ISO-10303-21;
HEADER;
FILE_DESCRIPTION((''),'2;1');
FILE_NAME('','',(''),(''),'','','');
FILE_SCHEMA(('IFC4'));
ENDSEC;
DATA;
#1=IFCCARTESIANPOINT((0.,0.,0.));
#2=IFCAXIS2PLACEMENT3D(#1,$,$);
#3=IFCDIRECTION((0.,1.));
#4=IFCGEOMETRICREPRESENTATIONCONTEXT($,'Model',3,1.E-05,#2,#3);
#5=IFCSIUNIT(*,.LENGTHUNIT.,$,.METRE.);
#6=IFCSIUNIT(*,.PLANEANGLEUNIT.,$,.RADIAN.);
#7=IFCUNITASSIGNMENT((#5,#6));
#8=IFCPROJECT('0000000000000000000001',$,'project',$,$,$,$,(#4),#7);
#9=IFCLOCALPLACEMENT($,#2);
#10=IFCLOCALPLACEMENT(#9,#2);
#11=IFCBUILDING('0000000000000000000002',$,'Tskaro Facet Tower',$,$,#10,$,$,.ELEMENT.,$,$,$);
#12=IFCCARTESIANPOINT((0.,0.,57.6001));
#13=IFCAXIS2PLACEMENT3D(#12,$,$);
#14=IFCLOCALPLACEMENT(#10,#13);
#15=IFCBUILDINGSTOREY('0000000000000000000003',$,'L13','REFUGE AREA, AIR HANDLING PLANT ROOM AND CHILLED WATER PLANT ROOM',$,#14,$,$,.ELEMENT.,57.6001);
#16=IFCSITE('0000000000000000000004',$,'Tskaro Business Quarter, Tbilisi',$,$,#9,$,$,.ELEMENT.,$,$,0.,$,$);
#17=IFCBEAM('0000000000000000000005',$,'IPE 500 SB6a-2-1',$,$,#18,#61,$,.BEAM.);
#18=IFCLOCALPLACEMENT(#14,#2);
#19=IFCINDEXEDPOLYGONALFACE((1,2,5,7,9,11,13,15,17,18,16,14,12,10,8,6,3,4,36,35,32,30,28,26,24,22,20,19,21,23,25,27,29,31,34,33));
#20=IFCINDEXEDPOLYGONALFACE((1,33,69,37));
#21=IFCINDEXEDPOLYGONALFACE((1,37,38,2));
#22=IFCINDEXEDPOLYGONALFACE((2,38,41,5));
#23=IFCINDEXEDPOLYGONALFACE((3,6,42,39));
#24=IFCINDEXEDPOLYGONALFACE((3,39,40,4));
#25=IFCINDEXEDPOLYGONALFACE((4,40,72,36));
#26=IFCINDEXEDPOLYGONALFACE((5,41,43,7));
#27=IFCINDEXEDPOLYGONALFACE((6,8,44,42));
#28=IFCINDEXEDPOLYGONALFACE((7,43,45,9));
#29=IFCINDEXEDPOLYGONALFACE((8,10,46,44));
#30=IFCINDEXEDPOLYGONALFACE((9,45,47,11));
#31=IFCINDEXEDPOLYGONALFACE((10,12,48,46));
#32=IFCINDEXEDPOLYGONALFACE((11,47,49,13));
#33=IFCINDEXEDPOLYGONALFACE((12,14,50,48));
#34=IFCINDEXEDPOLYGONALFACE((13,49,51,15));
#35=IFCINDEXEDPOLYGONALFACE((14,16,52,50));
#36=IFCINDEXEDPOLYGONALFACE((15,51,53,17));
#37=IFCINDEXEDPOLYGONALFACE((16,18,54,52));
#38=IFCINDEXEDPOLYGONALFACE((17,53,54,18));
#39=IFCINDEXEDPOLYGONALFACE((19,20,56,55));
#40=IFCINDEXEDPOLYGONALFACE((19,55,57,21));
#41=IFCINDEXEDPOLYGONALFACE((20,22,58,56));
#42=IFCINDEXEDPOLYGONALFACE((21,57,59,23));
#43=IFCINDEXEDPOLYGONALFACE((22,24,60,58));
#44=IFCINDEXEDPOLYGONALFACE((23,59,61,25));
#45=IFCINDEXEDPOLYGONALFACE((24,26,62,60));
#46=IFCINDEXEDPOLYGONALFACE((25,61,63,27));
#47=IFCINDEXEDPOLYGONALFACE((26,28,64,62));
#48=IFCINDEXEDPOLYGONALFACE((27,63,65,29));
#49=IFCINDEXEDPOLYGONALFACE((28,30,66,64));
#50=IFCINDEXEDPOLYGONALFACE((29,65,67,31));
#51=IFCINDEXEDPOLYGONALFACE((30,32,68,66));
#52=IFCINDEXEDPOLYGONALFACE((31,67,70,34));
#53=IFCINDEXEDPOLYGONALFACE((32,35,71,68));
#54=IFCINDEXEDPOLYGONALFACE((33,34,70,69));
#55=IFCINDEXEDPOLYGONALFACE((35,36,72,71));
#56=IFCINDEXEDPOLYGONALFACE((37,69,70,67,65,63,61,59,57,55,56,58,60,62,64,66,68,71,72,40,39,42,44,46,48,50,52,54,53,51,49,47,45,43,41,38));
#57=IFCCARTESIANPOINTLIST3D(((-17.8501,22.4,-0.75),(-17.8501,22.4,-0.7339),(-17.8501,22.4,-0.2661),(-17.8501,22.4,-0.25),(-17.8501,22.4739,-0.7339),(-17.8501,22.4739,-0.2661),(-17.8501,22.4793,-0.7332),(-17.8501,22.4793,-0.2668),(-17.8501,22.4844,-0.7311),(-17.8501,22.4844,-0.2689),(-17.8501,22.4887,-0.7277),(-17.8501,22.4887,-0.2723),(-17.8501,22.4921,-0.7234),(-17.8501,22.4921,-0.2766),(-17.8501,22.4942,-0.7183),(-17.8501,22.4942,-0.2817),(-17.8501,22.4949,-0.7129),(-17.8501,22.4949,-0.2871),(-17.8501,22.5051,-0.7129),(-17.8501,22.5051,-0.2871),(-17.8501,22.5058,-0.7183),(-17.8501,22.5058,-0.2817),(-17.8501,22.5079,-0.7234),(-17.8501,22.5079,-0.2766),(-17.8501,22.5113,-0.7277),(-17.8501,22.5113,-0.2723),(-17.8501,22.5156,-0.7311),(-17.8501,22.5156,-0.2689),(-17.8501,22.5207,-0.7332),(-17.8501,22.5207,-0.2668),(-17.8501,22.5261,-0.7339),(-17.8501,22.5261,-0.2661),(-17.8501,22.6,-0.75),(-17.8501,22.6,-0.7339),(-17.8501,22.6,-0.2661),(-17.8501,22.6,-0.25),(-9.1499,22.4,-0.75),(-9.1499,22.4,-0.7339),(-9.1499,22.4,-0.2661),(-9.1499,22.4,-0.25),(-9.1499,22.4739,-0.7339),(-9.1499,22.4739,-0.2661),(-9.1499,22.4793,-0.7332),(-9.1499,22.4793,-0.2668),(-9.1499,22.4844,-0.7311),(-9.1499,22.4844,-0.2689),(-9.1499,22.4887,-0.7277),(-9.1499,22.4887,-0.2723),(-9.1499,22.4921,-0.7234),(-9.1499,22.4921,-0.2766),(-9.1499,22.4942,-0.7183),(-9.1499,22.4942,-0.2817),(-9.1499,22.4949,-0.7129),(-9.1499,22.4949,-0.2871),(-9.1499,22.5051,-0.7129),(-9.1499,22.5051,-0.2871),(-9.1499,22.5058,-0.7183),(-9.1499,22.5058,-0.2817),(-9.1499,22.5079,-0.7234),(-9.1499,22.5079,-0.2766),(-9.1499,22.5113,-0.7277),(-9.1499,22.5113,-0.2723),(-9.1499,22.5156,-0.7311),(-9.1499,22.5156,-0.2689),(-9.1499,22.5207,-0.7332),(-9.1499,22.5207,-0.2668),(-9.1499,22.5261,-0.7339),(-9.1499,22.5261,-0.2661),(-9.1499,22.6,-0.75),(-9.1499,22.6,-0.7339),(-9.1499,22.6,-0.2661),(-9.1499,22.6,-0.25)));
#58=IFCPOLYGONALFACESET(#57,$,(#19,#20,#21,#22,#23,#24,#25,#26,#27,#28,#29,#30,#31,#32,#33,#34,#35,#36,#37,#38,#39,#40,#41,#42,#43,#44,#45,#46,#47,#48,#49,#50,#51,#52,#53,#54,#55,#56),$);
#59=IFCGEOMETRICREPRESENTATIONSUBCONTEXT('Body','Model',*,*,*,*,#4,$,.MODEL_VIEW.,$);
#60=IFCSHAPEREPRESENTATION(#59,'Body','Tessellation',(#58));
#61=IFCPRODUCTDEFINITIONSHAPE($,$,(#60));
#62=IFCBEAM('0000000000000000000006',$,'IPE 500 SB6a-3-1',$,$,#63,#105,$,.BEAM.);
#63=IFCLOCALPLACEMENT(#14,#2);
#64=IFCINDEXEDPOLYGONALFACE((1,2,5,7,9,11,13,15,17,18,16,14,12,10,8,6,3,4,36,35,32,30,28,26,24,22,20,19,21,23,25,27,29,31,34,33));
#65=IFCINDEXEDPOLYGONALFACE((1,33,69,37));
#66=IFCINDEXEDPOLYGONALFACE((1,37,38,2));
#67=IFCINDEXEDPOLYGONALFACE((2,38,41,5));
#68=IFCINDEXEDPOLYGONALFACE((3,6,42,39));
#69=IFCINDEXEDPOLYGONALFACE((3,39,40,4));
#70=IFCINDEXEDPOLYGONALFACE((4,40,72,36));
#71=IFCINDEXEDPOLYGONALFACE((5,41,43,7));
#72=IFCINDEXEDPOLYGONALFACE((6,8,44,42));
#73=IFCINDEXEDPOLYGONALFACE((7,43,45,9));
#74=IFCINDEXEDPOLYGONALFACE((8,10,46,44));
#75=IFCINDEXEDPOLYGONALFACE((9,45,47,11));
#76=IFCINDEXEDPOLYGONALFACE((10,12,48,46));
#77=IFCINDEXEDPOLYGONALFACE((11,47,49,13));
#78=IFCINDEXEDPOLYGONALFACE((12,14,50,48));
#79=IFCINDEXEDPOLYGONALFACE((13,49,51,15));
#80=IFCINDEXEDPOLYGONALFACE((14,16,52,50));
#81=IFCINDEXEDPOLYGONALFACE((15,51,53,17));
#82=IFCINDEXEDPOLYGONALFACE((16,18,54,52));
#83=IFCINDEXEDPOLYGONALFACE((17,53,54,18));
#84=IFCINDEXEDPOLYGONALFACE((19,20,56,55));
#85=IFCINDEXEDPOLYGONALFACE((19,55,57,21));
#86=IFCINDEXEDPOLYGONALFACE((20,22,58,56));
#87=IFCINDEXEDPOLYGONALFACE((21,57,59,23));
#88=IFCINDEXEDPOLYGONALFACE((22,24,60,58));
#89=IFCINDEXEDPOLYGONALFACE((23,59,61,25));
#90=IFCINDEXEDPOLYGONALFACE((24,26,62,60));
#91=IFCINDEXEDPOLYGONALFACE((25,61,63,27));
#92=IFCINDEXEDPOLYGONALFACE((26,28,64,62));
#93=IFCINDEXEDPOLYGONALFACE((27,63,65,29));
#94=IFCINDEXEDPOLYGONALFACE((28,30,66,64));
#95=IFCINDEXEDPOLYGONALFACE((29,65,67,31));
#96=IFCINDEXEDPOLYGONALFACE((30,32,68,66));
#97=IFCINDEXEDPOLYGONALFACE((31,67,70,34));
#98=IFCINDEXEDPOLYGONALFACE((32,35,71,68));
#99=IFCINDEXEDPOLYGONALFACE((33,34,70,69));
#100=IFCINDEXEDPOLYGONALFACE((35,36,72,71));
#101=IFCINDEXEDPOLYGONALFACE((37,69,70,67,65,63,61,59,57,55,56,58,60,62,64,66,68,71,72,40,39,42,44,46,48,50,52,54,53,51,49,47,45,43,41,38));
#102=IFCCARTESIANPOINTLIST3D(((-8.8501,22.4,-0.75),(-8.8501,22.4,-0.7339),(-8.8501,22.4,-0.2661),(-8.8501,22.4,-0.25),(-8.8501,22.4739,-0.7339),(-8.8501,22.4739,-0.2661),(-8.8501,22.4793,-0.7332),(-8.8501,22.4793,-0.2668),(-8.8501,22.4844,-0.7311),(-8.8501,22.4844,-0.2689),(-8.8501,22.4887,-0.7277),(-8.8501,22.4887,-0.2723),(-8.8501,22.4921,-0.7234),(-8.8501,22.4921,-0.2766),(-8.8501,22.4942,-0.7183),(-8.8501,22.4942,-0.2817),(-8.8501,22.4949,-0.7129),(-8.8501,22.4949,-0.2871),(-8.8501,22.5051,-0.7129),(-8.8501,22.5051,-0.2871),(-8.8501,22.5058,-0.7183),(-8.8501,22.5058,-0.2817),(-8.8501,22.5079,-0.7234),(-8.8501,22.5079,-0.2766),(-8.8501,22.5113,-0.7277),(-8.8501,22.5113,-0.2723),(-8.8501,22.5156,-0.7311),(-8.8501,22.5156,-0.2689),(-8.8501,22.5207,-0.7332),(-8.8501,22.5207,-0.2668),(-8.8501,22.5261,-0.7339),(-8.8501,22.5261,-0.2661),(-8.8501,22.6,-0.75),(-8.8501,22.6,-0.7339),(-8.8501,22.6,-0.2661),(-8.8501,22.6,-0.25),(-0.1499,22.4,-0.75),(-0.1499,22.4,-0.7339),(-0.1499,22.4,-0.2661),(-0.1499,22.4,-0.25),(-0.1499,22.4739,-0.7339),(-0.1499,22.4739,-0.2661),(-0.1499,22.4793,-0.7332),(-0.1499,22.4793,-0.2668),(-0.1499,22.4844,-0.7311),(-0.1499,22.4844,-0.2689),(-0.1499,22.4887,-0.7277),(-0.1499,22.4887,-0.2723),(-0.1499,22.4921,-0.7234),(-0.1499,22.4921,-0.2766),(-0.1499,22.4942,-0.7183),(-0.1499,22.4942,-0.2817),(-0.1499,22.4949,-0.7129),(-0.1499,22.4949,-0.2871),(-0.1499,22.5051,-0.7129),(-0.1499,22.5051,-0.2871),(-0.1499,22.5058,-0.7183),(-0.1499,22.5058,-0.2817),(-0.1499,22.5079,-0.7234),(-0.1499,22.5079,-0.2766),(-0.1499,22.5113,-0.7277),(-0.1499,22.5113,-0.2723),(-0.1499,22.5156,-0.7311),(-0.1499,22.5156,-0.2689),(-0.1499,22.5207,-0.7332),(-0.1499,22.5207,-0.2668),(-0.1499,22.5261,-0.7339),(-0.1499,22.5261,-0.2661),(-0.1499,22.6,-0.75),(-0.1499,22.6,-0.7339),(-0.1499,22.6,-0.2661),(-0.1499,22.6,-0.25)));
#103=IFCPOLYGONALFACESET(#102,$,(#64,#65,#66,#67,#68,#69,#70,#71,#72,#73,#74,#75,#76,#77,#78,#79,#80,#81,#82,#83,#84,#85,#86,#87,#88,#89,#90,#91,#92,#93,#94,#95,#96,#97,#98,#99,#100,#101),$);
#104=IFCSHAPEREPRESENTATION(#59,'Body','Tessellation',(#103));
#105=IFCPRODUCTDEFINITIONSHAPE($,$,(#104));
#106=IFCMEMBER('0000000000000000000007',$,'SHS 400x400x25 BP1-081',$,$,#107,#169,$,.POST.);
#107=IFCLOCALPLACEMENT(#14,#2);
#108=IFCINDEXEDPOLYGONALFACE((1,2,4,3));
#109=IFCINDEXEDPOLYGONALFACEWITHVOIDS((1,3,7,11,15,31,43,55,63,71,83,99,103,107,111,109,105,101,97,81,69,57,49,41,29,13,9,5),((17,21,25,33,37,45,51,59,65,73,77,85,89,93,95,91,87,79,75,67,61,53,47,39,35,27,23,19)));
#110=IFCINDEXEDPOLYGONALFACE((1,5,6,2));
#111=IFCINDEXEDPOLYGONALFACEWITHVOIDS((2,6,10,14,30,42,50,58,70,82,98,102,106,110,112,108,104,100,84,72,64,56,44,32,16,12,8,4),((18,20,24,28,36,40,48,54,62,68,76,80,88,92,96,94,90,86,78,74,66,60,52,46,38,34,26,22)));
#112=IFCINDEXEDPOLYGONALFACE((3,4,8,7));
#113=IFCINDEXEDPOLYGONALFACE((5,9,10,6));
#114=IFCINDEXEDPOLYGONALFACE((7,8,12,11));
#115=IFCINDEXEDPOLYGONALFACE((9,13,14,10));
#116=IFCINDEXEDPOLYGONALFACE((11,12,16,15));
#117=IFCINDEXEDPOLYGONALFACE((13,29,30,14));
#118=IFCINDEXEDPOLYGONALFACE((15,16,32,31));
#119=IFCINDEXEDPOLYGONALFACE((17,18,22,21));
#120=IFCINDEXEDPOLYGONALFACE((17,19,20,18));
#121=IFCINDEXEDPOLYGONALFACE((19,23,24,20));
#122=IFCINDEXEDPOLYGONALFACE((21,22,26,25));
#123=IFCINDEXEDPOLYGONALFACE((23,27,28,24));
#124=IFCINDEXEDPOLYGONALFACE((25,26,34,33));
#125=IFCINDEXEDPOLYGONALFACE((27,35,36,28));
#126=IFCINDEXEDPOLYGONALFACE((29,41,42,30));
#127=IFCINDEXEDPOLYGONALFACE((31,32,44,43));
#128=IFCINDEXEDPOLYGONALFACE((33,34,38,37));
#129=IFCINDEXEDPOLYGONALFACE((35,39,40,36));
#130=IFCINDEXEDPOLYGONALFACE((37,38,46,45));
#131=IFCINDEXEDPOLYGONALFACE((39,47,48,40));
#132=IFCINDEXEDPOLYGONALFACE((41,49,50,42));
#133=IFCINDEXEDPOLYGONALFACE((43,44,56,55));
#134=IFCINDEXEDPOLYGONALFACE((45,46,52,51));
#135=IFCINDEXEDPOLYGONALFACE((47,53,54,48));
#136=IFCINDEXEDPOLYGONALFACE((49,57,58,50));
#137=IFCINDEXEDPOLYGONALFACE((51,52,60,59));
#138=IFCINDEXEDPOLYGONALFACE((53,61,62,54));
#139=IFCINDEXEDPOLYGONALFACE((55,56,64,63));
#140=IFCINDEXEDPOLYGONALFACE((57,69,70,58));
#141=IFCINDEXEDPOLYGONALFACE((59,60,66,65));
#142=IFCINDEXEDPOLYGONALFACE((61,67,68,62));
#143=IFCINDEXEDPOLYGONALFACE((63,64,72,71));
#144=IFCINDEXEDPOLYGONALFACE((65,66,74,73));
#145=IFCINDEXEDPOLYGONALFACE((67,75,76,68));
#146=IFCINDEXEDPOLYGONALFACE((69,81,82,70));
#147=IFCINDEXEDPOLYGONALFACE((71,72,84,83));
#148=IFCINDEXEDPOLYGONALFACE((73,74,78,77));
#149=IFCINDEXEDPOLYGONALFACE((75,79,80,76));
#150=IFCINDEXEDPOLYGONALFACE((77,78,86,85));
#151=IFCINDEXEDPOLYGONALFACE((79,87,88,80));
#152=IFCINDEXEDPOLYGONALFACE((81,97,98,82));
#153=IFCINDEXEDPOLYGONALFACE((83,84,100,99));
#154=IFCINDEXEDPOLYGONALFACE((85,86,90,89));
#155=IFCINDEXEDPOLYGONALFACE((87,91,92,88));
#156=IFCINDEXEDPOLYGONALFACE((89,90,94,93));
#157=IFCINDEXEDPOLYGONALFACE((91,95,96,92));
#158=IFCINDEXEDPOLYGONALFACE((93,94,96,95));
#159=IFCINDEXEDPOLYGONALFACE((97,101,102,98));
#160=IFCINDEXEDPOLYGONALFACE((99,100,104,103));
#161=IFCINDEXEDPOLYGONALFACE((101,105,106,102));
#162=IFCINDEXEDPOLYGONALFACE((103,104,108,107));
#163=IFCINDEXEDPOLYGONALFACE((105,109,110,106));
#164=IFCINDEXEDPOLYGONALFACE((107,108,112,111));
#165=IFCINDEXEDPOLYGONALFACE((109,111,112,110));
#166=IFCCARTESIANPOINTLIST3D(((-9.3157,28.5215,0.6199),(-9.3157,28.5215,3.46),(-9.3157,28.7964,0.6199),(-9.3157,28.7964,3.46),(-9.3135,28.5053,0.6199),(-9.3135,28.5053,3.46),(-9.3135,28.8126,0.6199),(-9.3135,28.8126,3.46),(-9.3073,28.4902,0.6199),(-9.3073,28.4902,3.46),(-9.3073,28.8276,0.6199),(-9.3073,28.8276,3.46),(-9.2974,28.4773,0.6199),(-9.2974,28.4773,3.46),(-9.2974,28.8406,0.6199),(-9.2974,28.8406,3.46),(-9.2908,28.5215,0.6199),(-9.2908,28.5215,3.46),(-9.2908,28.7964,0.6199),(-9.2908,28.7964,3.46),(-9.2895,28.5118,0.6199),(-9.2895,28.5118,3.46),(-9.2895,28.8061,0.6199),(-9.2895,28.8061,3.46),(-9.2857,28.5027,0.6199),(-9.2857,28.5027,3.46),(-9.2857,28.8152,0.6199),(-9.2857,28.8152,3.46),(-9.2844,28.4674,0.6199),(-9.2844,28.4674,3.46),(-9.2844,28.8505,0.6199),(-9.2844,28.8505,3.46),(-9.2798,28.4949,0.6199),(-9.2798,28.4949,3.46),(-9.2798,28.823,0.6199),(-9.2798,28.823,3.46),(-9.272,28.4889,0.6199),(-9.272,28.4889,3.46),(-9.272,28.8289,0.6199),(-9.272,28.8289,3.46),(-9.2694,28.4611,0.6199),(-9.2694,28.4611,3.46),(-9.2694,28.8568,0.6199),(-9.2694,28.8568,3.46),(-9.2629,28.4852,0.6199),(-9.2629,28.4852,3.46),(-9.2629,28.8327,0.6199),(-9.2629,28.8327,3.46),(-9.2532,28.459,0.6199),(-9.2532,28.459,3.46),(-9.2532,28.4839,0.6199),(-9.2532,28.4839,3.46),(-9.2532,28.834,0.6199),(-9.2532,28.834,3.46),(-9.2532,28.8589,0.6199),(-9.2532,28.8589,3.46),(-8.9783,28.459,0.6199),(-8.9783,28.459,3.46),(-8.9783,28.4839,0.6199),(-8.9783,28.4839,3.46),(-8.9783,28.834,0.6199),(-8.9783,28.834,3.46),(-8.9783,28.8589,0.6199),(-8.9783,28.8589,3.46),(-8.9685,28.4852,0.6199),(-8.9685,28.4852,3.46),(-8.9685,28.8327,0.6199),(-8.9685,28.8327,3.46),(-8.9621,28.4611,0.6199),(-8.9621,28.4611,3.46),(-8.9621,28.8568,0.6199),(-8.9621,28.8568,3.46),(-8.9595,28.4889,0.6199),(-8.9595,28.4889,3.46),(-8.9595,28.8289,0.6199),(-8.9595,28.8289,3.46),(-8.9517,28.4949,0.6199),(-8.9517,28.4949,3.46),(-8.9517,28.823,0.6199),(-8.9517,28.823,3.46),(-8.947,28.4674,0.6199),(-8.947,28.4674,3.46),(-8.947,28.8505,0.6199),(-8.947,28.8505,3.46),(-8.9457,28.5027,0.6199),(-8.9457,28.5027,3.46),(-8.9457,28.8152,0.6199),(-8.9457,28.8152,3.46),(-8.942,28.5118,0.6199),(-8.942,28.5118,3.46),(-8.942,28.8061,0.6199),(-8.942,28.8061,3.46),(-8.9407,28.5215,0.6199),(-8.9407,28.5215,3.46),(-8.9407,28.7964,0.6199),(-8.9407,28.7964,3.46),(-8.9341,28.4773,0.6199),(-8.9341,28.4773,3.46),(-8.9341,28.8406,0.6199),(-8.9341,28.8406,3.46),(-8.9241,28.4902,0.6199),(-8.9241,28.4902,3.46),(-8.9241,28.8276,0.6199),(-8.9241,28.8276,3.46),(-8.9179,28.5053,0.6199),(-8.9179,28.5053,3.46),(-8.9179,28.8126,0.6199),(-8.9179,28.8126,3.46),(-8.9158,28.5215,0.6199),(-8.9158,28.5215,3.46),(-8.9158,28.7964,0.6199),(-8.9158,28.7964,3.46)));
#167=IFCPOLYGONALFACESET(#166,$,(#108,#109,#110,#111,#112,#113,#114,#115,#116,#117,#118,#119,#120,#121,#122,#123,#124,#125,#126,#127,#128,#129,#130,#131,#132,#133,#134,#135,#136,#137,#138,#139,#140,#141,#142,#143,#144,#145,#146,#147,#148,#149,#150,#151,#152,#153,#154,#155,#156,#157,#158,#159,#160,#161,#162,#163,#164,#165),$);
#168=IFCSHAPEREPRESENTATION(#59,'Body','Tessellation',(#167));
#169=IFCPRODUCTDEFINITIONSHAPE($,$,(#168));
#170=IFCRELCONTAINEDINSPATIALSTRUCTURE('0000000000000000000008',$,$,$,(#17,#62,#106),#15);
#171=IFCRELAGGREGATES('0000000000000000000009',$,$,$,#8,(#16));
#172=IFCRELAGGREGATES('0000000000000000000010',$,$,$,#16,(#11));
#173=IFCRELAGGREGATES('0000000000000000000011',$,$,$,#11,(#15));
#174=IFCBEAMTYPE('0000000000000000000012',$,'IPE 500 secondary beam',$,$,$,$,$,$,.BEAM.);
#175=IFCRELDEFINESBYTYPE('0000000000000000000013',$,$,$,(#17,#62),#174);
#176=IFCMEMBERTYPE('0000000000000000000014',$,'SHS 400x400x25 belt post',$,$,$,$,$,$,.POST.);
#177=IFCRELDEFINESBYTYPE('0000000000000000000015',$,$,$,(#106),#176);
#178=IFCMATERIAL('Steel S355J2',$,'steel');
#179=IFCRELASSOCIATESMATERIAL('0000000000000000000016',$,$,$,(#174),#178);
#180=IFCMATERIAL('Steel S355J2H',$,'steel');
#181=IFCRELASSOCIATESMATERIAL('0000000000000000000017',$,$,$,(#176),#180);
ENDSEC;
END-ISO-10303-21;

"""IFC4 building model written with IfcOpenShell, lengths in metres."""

from ifc_helpers import new_model, si_unit, direction, frame, origin, origin_2d, place, context, subcontext, project, spatial, hollow_rectangle, i_section, extrude, material, material_profile, profile_set, type_object, element, save


model = new_model("IFC4")

# Units and contexts
model_context = context("Model", 3, precision=1e-05, world=origin(), true_north=direction((0.0, 1.0)))
body_context = subcontext(model_context, "Body", "Model", "MODEL_VIEW")
ifc_project = project(units=[si_unit("LENGTHUNIT", "METRE"), si_unit("PLANEANGLEUNIT", "RADIAN")], contexts=[model_context])

# Site, building, storey
site_placement = place(None, origin())
site = spatial("IfcSite", under=ifc_project, at=site_placement, Name="Tskaro Business Quarter, Tbilisi", CompositionType="ELEMENT", RefElevation=0.0)
building_placement = place(site_placement, origin())
building = spatial("IfcBuilding", under=site, at=building_placement, Name="Tskaro Facet Tower", CompositionType="ELEMENT")
storey_placement = place(building_placement, frame((0.0, 0.0, 57.6001)))
storey = spatial("IfcBuildingStorey", under=building, at=storey_placement, Name="L13", Description="REFUGE AREA, AIR HANDLING PLANT ROOM AND CHILLED WATER PLANT ROOM", CompositionType="ELEMENT", Elevation=57.6001)

# Shared definitions
ifc_material_1 = material(Name="Steel S355J2H", Category="steel")

# Shared definitions
ifc_material_2 = material(Name="Steel S355J2", Category="steel")

# Beams
ifc_material_profile_1 = material_profile(ifc_material_2, i_section(OverallWidth=0.2, OverallDepth=0.5, WebThickness=0.0103, FlangeThickness=0.0161, FilletRadius=0.021, at=origin_2d()), Name="IPE 500")
ifc_profile_set_1 = profile_set([ifc_material_profile_1], Name="Steel S355J2")
beam_type_1 = type_object("IfcBeamType", Name="IPE 500 secondary beam", PredefinedType="BEAM", material=ifc_profile_set_1)
for number, where, z_axis, x_axis, name in (
    (1, (-17.8501, 22.5, -0.5), (1.0, 0.0, 0.0), (0.0, 1.0, 0.0), "IPE 500 SB6a-2-1"),
    (2, (-8.8501, 22.5, -0.5), (1.0, 0.0, 0.0), (0.0, 1.0, 0.0), "IPE 500 SB6a-3-1"),
):
    element("IfcBeam", number, at=place(storey_placement, frame(where, z_axis=z_axis, x_axis=x_axis)), inside=storey, type_object=beam_type_1, Name=name, PredefinedType="BEAM", context=body_context, shape_type="SweptSolid", body=[
        extrude(i_section(OverallWidth=0.2, OverallDepth=0.5, WebThickness=0.0103, FlangeThickness=0.0161, FilletRadius=0.021, at=origin_2d()), origin(), (0.0, 0.0, 1.0), 8.7002),
    ])

# Member
ifc_material_profile_2 = material_profile(ifc_material_1, hollow_rectangle(XDim=0.3999, YDim=0.3999, WallThickness=0.0249, InnerFilletRadius=0.0376, OuterFilletRadius=0.0625, at=origin_2d()), Name="SHS 400x400x25")
ifc_profile_set_2 = profile_set([ifc_material_profile_2], Name="Steel S355J2H")
member_type_1 = type_object("IfcMemberType", Name="SHS 400x400x25 belt post", PredefinedType="POST", material=ifc_profile_set_2)
for number, where, z_axis, x_axis, name in (
    (3, (-9.1157, 28.6589, 0.6199), (0.0, 0.0, 1.0), (1.0, 0.0, 0.0), "SHS 400x400x25 BP1-081"),
):
    element("IfcMember", number, at=place(storey_placement, frame(where, z_axis=z_axis, x_axis=x_axis)), inside=storey, type_object=member_type_1, Name=name, PredefinedType="POST", context=body_context, shape_type="SweptSolid", body=[
        extrude(hollow_rectangle(XDim=0.3999, YDim=0.3999, WallThickness=0.0249, InnerFilletRadius=0.0376, OuterFilletRadius=0.0625, at=origin_2d()), origin(), (0.0, 0.0, 1.0), 2.8401),
    ])

save(model, "model.ifc")
